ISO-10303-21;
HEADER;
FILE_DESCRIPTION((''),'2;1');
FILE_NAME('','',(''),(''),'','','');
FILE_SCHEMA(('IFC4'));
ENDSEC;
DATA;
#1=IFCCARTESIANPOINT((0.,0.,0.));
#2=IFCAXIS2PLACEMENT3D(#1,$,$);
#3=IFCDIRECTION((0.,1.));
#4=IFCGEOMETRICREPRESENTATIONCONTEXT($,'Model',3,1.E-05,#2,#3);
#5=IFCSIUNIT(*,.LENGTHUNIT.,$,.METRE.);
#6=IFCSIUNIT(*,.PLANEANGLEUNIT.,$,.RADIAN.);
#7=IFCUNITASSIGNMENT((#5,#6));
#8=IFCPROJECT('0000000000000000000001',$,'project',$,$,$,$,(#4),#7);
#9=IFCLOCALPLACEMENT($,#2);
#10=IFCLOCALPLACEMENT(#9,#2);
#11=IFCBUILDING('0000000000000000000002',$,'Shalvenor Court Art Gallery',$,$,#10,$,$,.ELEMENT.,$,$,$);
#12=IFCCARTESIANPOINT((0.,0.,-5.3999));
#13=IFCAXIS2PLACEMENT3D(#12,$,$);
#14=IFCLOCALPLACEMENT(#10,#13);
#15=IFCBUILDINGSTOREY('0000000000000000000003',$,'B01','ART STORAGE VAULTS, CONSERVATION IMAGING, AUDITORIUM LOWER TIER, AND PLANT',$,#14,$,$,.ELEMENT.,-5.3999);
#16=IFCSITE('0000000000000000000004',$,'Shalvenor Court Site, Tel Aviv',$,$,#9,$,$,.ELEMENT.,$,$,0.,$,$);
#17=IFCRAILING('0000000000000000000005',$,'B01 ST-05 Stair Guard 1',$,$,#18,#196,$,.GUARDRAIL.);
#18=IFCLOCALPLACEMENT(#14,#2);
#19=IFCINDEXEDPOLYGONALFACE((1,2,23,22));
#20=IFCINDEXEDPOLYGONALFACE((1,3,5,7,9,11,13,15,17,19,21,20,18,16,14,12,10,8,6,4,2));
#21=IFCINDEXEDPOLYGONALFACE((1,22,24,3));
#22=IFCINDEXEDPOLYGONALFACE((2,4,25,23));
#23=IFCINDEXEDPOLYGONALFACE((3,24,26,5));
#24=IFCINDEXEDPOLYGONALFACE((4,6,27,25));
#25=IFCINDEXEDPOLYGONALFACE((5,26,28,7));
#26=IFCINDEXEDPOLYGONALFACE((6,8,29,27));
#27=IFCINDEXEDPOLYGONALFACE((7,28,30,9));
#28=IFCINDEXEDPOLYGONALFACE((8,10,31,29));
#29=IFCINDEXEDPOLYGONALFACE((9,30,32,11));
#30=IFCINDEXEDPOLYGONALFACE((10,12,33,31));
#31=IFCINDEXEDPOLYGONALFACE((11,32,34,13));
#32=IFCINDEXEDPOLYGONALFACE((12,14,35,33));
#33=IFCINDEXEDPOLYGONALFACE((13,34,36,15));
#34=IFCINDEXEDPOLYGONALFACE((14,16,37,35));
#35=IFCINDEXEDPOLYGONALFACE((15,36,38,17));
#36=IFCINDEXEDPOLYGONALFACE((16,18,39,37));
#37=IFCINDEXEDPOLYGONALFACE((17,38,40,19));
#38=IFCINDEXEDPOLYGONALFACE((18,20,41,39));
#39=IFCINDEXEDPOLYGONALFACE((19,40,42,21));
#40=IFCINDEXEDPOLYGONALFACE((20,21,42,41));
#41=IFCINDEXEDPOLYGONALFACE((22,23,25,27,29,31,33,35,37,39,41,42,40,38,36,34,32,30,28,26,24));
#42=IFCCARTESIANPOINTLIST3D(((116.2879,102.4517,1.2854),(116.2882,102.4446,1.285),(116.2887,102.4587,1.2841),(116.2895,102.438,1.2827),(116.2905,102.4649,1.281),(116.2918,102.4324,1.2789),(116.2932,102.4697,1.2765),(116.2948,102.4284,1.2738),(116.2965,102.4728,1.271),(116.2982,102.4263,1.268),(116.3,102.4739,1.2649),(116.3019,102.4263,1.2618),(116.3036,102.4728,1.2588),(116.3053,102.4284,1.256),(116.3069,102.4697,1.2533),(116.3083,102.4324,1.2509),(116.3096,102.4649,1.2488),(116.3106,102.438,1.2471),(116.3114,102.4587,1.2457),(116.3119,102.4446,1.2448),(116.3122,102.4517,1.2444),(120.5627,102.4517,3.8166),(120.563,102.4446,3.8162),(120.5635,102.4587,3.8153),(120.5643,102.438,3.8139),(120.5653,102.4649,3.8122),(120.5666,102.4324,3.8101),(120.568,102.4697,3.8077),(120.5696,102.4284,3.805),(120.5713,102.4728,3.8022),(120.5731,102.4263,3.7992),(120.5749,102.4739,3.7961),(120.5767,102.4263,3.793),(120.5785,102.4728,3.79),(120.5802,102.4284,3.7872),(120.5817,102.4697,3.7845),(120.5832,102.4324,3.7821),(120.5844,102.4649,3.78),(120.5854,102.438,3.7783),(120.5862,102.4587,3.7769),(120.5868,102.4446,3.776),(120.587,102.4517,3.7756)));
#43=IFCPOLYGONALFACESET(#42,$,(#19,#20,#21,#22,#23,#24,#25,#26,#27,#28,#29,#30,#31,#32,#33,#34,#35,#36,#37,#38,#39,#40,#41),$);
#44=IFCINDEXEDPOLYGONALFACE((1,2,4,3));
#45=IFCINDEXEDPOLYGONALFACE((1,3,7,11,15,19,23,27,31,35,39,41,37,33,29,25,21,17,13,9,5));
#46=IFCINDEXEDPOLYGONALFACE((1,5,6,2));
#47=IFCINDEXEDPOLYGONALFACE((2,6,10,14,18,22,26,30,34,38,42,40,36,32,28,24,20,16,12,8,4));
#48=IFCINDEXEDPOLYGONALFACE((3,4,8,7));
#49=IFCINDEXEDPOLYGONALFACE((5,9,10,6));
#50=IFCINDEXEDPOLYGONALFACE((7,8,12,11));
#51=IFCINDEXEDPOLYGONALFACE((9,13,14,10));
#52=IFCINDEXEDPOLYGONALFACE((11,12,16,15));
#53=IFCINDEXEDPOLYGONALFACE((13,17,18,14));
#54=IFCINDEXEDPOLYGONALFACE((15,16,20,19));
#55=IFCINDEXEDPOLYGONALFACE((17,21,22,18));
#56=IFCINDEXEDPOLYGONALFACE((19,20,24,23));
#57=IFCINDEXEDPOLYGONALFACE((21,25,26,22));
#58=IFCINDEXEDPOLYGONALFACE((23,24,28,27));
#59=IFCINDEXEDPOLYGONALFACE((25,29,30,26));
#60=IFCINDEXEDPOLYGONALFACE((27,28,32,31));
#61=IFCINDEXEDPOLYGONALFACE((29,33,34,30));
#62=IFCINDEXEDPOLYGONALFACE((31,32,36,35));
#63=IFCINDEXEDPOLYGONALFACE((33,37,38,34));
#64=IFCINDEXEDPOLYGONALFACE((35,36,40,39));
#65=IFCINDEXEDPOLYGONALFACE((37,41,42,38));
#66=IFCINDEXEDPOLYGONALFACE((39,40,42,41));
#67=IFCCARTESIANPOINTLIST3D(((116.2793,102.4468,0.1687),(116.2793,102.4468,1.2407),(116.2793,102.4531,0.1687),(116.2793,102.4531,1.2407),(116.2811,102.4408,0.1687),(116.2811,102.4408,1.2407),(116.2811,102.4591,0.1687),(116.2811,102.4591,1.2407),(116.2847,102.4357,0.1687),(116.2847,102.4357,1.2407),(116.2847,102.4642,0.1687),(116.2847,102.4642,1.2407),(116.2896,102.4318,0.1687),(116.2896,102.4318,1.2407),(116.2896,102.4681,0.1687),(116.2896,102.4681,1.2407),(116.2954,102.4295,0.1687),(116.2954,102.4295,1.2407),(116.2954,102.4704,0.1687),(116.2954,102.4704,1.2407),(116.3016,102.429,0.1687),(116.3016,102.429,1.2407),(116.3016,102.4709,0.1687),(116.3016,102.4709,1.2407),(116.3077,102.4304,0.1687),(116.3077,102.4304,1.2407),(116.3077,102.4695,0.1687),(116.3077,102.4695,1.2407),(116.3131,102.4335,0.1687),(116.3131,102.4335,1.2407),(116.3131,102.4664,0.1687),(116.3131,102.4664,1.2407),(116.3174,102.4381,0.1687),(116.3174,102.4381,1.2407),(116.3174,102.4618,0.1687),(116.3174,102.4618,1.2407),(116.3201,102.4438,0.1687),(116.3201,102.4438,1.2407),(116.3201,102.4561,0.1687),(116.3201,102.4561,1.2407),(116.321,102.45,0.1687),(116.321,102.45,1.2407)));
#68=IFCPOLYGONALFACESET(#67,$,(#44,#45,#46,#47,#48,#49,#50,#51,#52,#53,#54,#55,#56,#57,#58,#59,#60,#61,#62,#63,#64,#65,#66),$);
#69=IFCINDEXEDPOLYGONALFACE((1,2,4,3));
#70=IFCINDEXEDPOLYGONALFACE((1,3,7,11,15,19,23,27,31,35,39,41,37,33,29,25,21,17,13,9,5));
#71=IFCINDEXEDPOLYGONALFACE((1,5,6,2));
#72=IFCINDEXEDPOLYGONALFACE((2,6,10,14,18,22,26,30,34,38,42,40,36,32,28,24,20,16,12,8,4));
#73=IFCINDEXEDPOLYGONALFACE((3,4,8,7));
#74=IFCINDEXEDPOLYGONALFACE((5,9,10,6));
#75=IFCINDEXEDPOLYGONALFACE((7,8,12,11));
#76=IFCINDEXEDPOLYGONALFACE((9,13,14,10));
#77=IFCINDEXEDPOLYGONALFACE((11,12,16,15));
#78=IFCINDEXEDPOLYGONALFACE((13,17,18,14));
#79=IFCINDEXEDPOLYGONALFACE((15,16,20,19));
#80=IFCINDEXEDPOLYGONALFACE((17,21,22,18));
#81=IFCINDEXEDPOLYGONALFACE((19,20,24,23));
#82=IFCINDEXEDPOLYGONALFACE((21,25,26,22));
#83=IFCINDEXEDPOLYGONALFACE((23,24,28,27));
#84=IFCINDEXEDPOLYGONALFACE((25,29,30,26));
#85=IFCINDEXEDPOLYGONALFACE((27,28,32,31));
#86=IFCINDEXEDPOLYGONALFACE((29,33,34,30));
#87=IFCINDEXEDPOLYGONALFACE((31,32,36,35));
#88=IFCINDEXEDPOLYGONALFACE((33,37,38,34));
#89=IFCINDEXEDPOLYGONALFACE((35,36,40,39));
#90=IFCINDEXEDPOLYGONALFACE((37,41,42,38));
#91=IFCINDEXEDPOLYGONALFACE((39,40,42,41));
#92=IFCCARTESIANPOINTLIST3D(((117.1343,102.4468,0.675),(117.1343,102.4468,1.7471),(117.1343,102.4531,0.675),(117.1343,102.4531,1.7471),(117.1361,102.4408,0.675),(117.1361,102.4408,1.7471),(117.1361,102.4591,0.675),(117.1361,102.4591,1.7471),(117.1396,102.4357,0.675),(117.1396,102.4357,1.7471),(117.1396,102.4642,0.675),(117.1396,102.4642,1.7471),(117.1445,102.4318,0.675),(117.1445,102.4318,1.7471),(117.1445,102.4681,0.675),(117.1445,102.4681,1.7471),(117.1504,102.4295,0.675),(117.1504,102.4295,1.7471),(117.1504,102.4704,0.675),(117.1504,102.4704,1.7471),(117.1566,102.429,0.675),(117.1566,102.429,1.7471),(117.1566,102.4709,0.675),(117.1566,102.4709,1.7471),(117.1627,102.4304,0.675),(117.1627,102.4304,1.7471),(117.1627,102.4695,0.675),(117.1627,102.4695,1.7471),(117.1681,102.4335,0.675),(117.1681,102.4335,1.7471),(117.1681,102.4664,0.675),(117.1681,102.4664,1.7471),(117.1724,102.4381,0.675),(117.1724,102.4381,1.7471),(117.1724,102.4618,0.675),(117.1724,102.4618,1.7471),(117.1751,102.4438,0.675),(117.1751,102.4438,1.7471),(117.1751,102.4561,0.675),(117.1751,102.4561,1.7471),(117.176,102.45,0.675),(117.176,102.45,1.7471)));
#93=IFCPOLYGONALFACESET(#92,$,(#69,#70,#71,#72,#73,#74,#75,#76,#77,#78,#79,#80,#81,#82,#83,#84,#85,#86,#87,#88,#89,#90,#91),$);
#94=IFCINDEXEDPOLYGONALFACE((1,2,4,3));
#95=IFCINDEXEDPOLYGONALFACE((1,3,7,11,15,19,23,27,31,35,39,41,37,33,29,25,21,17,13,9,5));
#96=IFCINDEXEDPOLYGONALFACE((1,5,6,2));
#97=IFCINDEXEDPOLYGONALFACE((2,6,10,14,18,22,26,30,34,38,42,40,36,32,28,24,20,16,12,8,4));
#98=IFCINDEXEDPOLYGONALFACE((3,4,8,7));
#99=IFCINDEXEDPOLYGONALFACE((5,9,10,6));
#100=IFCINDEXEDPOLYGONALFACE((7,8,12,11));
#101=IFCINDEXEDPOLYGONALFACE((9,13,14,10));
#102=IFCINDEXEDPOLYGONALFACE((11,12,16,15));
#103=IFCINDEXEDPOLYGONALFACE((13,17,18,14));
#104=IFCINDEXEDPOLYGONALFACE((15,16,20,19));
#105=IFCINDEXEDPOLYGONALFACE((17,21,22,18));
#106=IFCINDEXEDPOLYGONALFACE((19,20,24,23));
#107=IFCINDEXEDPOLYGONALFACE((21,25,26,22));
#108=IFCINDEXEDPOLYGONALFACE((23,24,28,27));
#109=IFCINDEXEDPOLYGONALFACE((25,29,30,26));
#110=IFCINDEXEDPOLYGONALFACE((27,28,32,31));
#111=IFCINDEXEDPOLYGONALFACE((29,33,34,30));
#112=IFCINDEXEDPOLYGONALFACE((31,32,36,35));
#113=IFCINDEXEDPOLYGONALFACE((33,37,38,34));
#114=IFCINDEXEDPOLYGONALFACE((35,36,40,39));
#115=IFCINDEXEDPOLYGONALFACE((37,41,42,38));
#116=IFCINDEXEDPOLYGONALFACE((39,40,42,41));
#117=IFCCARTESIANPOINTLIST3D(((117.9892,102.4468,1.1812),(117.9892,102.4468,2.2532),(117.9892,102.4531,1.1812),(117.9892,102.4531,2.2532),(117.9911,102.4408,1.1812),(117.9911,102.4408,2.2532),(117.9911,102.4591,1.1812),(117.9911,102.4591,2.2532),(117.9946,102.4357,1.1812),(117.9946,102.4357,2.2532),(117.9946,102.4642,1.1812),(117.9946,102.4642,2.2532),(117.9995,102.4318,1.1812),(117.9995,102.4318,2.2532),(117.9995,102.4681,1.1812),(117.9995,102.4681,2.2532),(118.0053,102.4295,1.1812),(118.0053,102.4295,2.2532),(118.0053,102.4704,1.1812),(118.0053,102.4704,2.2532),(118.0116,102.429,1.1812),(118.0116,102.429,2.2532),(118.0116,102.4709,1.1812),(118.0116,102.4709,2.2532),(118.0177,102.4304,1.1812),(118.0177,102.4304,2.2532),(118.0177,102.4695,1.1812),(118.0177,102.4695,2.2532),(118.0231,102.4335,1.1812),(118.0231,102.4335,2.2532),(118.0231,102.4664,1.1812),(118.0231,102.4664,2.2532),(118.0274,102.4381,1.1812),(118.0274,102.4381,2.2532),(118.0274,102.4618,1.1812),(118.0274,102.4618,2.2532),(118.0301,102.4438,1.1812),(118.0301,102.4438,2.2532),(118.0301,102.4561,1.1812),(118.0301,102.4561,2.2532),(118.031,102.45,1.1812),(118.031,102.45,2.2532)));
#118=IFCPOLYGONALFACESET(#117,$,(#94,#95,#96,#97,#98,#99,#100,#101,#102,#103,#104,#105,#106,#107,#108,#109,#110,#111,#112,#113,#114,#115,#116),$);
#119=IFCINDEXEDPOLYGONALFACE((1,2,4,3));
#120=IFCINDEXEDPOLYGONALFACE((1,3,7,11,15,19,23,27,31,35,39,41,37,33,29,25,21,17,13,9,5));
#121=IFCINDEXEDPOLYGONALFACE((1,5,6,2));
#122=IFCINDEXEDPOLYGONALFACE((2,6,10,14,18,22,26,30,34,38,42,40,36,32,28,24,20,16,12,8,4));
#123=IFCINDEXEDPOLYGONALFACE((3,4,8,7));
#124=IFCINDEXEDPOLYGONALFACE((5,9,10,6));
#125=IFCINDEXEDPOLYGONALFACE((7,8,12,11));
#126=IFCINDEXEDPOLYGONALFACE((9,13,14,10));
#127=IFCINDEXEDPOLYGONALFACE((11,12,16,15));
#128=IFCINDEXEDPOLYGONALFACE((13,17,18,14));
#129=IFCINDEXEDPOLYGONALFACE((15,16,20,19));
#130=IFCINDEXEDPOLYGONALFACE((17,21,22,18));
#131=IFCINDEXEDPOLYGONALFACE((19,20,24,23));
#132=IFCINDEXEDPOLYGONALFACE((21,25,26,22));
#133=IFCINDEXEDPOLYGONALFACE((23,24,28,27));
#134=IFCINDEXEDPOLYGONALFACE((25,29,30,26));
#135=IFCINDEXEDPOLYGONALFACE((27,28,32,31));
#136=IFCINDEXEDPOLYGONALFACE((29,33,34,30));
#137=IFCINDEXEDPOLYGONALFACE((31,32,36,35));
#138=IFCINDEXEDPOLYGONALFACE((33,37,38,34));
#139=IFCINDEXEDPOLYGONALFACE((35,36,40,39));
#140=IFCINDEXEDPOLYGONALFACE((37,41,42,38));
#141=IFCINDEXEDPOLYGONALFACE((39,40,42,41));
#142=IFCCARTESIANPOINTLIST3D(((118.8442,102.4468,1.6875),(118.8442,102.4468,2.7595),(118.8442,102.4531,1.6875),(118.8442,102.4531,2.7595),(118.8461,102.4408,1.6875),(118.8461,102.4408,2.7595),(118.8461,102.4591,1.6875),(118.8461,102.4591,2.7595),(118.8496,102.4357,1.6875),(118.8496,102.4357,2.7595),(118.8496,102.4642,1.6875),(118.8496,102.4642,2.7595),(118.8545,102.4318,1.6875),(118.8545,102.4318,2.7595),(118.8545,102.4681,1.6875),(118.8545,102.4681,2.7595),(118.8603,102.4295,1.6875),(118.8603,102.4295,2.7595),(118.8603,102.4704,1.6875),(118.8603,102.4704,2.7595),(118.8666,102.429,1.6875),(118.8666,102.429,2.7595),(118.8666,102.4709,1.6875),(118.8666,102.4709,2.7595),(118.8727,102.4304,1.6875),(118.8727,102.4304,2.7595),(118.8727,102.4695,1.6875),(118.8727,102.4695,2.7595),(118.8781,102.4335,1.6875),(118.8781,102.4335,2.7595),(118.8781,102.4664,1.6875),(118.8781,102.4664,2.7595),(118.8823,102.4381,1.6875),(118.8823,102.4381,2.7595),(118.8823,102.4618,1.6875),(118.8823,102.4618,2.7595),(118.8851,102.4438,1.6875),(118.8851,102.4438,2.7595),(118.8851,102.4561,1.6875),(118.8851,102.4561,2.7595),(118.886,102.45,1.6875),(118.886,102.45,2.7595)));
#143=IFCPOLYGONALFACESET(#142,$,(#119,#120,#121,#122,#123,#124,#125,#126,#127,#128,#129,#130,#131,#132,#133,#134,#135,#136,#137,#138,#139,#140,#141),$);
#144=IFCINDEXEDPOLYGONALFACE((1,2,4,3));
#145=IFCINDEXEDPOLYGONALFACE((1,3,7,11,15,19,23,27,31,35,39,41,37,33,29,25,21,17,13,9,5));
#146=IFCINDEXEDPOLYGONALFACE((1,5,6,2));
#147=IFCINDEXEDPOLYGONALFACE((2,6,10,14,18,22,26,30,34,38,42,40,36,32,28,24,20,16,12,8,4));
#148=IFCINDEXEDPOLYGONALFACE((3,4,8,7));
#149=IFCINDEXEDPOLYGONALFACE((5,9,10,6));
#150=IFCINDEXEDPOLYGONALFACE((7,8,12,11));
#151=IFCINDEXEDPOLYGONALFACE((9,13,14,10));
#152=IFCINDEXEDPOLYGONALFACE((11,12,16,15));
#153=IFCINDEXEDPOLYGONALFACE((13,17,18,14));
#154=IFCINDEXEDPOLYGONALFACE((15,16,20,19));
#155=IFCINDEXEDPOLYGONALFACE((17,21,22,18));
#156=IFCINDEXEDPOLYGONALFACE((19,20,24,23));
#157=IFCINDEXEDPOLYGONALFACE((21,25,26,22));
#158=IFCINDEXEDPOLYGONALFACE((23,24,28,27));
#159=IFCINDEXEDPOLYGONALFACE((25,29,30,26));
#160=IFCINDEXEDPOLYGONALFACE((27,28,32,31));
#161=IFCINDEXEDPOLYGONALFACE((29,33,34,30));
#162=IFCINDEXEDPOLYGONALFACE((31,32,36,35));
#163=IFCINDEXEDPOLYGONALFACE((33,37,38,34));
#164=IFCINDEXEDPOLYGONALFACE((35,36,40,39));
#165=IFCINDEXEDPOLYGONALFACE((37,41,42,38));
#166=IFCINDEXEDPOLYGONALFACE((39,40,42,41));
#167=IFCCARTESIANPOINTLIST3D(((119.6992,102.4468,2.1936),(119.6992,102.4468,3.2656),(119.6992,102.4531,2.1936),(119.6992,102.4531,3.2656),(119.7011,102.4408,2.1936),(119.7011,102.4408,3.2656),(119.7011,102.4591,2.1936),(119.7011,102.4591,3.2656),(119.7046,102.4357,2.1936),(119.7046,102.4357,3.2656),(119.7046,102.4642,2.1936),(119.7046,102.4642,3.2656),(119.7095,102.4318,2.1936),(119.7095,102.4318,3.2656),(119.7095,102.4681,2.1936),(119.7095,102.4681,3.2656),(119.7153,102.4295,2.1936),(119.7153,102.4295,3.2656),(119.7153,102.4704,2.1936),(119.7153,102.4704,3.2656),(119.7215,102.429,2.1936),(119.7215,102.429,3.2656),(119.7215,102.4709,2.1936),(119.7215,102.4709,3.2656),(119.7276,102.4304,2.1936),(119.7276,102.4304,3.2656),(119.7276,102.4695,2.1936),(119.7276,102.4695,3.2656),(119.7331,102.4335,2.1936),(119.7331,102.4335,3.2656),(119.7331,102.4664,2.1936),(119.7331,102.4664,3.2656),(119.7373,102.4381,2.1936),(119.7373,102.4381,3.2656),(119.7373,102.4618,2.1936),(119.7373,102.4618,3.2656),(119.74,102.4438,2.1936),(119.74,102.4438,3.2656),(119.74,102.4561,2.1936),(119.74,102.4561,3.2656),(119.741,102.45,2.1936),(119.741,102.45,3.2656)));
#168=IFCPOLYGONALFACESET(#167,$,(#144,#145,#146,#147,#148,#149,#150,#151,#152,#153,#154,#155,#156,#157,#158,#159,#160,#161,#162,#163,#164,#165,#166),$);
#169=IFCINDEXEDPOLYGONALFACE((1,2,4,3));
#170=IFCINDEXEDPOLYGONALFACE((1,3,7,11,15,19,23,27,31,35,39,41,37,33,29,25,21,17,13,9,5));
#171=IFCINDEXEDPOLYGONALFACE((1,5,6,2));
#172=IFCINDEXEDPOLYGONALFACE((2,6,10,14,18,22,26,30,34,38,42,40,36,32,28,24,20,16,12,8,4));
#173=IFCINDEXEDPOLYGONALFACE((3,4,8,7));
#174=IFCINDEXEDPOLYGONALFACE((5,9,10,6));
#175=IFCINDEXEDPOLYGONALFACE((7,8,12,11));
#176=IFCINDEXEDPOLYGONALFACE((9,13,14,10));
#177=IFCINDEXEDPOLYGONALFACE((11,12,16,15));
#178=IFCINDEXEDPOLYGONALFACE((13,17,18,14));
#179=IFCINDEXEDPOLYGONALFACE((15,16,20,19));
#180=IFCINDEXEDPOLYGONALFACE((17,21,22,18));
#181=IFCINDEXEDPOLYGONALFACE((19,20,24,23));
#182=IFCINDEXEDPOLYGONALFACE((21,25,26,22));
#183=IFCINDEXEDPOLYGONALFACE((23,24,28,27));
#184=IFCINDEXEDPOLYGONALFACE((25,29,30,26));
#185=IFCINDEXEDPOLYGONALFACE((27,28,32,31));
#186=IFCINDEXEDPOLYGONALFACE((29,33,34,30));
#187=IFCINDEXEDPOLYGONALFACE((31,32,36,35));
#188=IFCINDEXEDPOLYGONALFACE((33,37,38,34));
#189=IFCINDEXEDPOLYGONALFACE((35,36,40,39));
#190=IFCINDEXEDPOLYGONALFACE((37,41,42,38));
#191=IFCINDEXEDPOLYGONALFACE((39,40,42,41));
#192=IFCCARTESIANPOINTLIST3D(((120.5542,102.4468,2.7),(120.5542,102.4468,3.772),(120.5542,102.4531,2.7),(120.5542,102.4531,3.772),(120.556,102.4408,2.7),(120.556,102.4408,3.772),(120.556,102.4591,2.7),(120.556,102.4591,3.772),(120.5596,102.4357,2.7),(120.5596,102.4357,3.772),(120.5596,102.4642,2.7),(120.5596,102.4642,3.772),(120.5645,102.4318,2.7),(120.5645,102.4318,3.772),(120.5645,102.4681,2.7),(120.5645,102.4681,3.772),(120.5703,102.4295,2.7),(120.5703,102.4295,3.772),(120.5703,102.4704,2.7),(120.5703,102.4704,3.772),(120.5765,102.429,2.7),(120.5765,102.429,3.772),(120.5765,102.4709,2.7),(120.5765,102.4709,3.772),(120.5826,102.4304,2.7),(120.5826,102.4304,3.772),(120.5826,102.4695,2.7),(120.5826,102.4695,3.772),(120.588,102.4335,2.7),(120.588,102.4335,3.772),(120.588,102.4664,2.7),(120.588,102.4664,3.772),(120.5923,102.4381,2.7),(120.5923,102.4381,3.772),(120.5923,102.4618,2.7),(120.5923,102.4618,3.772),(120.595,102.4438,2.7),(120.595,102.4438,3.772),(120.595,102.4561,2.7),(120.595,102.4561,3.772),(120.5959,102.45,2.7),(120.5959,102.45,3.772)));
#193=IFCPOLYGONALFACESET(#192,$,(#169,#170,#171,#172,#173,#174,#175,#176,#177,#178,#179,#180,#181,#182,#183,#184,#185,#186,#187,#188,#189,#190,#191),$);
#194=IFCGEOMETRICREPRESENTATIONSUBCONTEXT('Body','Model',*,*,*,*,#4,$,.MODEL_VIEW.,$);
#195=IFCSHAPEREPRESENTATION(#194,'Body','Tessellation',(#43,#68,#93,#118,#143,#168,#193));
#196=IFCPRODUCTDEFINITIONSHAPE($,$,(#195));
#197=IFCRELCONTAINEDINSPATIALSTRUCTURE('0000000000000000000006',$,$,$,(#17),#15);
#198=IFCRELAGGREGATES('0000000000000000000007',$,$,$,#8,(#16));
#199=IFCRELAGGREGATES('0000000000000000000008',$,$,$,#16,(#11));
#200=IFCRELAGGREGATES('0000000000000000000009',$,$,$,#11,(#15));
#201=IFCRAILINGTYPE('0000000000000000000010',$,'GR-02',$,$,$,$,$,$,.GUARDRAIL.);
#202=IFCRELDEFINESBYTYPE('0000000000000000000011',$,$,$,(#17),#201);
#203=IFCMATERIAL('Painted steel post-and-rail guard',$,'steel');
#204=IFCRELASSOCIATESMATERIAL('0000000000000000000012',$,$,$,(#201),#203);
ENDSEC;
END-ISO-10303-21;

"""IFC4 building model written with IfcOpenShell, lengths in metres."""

from ifc_helpers import new_model, si_unit, direction, frame, origin, origin_2d, place, context, subcontext, project, spatial, circle, extrude, material, type_object, element, save


model = new_model("IFC4")

# Units and contexts
model_context = context("Model", 3, precision=1e-05, world=origin(), true_north=direction((0.0, 1.0)))
body_context = subcontext(model_context, "Body", "Model", "MODEL_VIEW")
ifc_project = project(units=[si_unit("LENGTHUNIT", "METRE"), si_unit("PLANEANGLEUNIT", "RADIAN")], contexts=[model_context])

# Site, building, storey
site_placement = place(None, origin())
site = spatial("IfcSite", under=ifc_project, at=site_placement, Name="Shalvenor Court Site, Tel Aviv", CompositionType="ELEMENT", RefElevation=0.0)
building_placement = place(site_placement, origin())
building = spatial("IfcBuilding", under=site, at=building_placement, Name="Shalvenor Court Art Gallery", CompositionType="ELEMENT")
storey_placement = place(building_placement, frame((0.0, 0.0, -5.3999)))
storey = spatial("IfcBuildingStorey", under=building, at=storey_placement, Name="B01", Description="ART STORAGE VAULTS, CONSERVATION IMAGING, AUDITORIUM LOWER TIER, AND PLANT", CompositionType="ELEMENT", Elevation=-5.3999)

# Railing
ifc_material_1 = material(Name="Painted steel post-and-rail guard", Category="steel")
railing_type_1 = type_object("IfcRailingType", Name="GR-02", PredefinedType="GUARDRAIL", material=ifc_material_1)
railing_1_placement = place(storey_placement, frame((116.3, 102.45, 0.1687)))
element("IfcRailing", 1, at=railing_1_placement, inside=storey, type_object=railing_type_1, Name="B01 ST-05 Stair Guard 1", PredefinedType="GUARDRAIL", context=body_context, shape_type="SweptSolid", body=[
    extrude(circle(Radius=0.0239, at=origin_2d()), frame((0.0, 0.0, 1.0962), z_axis=(0.86047, 0.0, 0.509501), x_axis=(0.0, 1.0, 0.0)), (0.0, 0.0, 1.0), 4.968),
    extrude(circle(Radius=0.021, at=origin_2d()), origin(), (0.0, 0.0, 1.0), 1.072),
    extrude(circle(Radius=0.021, at=origin_2d()), frame((0.855, 0.0, 0.5063)), (0.0, 0.0, 1.0), 1.072),
    extrude(circle(Radius=0.021, at=origin_2d()), frame((1.71, 0.0, 1.0125)), (0.0, 0.0, 1.0), 1.072),
    extrude(circle(Radius=0.021, at=origin_2d()), frame((2.5649, 0.0, 1.5188)), (0.0, 0.0, 1.0), 1.072),
    extrude(circle(Radius=0.021, at=origin_2d()), frame((3.4199, 0.0, 2.0249)), (0.0, 0.0, 1.0), 1.072),
    extrude(circle(Radius=0.021, at=origin_2d()), frame((4.2749, 0.0, 2.5312)), (0.0, 0.0, 1.0), 1.072),
])

save(model, "model.ifc")
